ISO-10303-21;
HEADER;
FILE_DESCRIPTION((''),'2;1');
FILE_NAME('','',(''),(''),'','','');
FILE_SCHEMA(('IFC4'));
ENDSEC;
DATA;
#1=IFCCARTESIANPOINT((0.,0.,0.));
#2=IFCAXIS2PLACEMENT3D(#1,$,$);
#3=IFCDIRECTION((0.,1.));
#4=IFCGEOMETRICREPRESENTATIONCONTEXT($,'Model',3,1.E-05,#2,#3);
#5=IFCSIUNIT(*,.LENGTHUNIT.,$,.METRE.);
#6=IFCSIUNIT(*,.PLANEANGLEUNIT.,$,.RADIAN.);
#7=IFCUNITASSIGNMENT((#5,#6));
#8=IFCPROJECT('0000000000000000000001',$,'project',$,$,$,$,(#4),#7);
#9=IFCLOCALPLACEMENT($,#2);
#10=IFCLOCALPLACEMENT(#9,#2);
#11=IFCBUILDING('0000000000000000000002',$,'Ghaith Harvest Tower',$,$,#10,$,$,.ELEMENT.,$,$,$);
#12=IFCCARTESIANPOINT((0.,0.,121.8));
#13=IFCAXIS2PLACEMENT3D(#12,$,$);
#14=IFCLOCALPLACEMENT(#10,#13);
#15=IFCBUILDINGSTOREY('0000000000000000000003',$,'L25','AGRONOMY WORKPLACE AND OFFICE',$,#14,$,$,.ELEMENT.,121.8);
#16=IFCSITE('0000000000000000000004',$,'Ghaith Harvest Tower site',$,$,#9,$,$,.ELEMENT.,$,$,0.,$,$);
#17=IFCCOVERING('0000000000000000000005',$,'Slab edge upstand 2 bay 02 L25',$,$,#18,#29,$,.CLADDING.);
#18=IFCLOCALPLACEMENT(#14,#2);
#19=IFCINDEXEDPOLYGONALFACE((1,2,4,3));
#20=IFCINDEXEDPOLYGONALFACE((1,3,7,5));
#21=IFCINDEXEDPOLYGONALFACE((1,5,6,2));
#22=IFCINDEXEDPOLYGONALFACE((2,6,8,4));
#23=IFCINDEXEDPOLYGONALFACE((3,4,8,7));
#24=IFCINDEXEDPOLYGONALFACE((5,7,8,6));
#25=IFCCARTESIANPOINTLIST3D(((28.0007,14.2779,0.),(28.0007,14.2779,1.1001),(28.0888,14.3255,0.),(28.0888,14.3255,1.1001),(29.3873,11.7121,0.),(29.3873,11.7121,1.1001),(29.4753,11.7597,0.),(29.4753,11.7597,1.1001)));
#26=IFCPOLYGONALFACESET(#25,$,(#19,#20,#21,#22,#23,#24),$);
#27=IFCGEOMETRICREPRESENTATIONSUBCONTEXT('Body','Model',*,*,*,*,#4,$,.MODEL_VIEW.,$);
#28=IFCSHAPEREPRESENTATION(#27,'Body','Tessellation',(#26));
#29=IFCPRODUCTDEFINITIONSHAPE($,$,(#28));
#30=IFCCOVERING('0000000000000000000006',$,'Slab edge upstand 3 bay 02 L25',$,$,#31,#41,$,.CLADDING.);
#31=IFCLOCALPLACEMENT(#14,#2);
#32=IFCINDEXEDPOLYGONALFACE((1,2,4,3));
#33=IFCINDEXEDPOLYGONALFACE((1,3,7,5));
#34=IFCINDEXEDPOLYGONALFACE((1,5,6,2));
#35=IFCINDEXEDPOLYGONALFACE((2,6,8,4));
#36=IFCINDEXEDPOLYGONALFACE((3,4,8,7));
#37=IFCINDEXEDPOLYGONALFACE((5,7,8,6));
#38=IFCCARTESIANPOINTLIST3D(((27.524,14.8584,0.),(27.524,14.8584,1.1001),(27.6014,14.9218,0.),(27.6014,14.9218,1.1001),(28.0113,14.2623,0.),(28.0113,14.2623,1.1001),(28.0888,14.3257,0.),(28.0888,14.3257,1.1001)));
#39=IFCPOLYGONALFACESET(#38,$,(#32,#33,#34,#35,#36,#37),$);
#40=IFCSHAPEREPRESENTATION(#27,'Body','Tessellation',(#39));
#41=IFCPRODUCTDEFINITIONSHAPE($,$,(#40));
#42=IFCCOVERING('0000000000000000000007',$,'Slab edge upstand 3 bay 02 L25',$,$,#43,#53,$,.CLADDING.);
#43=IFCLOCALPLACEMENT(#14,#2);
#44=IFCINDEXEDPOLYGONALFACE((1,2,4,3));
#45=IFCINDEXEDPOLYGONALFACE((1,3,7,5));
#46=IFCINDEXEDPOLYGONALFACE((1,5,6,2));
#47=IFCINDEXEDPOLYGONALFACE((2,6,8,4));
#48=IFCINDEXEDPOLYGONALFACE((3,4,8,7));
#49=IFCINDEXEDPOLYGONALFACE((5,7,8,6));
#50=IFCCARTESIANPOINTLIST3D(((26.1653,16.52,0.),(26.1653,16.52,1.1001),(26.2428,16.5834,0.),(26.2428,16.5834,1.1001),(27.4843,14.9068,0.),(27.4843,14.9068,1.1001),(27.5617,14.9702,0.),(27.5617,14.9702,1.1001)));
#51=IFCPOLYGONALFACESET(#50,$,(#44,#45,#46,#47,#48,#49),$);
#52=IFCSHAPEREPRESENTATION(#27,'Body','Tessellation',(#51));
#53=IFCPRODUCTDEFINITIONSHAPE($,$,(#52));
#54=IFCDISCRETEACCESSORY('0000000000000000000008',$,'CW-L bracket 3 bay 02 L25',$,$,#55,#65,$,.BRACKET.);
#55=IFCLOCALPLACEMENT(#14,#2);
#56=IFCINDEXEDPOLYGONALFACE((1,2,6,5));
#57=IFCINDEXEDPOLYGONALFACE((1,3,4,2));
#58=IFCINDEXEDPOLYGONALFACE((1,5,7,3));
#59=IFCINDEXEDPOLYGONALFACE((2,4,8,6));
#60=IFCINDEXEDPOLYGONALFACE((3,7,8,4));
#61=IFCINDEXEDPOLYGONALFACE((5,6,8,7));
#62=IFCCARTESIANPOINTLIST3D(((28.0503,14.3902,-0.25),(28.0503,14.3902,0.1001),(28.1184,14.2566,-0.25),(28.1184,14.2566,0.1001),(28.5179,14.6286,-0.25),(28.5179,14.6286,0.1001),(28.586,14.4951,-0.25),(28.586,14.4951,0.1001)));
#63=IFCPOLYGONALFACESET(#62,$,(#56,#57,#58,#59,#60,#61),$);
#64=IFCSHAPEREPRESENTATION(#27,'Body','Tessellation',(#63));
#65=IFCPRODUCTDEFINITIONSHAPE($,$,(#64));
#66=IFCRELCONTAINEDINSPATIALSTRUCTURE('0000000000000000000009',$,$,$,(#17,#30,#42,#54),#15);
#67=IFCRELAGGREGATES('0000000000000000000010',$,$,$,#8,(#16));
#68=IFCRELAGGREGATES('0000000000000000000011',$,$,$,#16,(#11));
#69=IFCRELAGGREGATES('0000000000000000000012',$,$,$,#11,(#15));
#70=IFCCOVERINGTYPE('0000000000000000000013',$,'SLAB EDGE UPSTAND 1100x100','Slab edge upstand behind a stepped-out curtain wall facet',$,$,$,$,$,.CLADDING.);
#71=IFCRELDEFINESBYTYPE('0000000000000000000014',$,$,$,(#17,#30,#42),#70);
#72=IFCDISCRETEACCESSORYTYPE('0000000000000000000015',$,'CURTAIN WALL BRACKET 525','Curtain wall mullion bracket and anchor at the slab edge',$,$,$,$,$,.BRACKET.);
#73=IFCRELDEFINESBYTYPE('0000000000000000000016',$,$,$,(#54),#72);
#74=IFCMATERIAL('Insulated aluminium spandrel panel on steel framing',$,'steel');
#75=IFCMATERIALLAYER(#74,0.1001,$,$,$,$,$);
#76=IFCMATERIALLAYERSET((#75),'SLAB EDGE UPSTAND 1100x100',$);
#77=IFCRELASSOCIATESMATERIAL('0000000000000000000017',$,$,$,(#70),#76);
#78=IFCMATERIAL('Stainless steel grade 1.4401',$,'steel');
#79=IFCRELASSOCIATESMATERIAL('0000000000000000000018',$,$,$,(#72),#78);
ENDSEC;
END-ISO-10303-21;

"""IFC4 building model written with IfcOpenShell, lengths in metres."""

from ifc_helpers import new_model, si_unit, direction, frame, origin, origin_2d, place, context, subcontext, project, spatial, rectangle, extrude, material, layer, layer_set, type_object, element, save


model = new_model("IFC4")

# Units and contexts
model_context = context("Model", 3, precision=1e-05, world=origin(), true_north=direction((0.0, 1.0)))
body_context = subcontext(model_context, "Body", "Model", "MODEL_VIEW")
ifc_project = project(units=[si_unit("LENGTHUNIT", "METRE"), si_unit("PLANEANGLEUNIT", "RADIAN")], contexts=[model_context])

# Site, building, storey
site_placement = place(None, origin())
site = spatial("IfcSite", under=ifc_project, at=site_placement, Name="Ghaith Harvest Tower site", CompositionType="ELEMENT", RefElevation=0.0)
building_placement = place(site_placement, origin())
building = spatial("IfcBuilding", under=site, at=building_placement, Name="Ghaith Harvest Tower", CompositionType="ELEMENT")
storey_placement = place(building_placement, frame((0.0, 0.0, 121.8)))
storey = spatial("IfcBuildingStorey", under=building, at=storey_placement, Name="L25", Description="AGRONOMY WORKPLACE AND OFFICE", CompositionType="ELEMENT", Elevation=121.8)

# Coverings
ifc_material_1 = material(Name="Insulated aluminium spandrel panel on steel framing", Category="steel")
ifc_layer_1 = layer(ifc_material_1, 0.1001)
ifc_layer_set_1 = layer_set([ifc_layer_1], Name="SLAB EDGE UPSTAND 1100x100")
covering_type = type_object("IfcCoveringType", Name="SLAB EDGE UPSTAND 1100x100", Description="Slab edge upstand behind a stepped-out curtain wall facet", PredefinedType="CLADDING", material=ifc_layer_set_1)
covering_1_placement = place(storey_placement, frame((28.738, 13.0188, 0.0), z_axis=(0.0, 0.0, 1.0), x_axis=(-0.475409, 0.879765, 0.0)))
element("IfcCovering", 1, at=covering_1_placement, inside=storey, type_object=covering_type, Name="Slab edge upstand 2 bay 02 L25", PredefinedType="CLADDING", context=body_context, shape_type="SweptSolid", body=[
    extrude(rectangle(XDim=2.9165, YDim=0.1001, at=origin_2d()), origin(), (0.0, 0.0, 1.0), 1.1001),
])
covering_2_placement = place(storey_placement, frame((27.8064, 14.592, 0.0), z_axis=(0.0, 0.0, 1.0), x_axis=(-0.63297, 0.774177, 0.0)))
element("IfcCovering", 2, at=covering_2_placement, inside=storey, type_object=covering_type, Name="Slab edge upstand 3 bay 02 L25", PredefinedType="CLADDING", context=body_context, shape_type="SweptSolid", body=[
    extrude(rectangle(XDim=0.77, YDim=0.1001, at=origin_2d()), origin(), (0.0, 0.0, 1.0), 1.1001),
])
covering_3_placement = place(storey_placement, frame((26.8635, 15.7451, 0.0), z_axis=(0.0, 0.0, 1.0), x_axis=(-0.63297, 0.774177, 0.0)))
element("IfcCovering", 3, at=covering_3_placement, inside=storey, type_object=covering_type, Name="Slab edge upstand 3 bay 02 L25", PredefinedType="CLADDING", context=body_context, shape_type="SweptSolid", body=[
    extrude(rectangle(XDim=2.0837, YDim=0.1001, at=origin_2d()), origin(), (0.0, 0.0, 1.0), 1.1001),
])

# Discrete accessory
ifc_material_2 = material(Name="Stainless steel grade 1.4401", Category="steel")
discrete_accessory_type = type_object("IfcDiscreteAccessoryType", Name="CURTAIN WALL BRACKET 525", Description="Curtain wall mullion bracket and anchor at the slab edge", PredefinedType="BRACKET", material=ifc_material_2)
discrete_accessory_placement = place(storey_placement, frame((28.3181, 14.4426, -0.25), z_axis=(0.0, 0.0, 1.0), x_axis=(0.890831, 0.454335, 0.0)))
element("IfcDiscreteAccessory", 4, at=discrete_accessory_placement, inside=storey, type_object=discrete_accessory_type, Name="CW-L bracket 3 bay 02 L25", PredefinedType="BRACKET", context=body_context, shape_type="SweptSolid", body=[
    extrude(rectangle(XDim=0.5249, YDim=0.1499, at=origin_2d()), origin(), (0.0, 0.0, 1.0), 0.3501),
])

save(model, "model.ifc")
